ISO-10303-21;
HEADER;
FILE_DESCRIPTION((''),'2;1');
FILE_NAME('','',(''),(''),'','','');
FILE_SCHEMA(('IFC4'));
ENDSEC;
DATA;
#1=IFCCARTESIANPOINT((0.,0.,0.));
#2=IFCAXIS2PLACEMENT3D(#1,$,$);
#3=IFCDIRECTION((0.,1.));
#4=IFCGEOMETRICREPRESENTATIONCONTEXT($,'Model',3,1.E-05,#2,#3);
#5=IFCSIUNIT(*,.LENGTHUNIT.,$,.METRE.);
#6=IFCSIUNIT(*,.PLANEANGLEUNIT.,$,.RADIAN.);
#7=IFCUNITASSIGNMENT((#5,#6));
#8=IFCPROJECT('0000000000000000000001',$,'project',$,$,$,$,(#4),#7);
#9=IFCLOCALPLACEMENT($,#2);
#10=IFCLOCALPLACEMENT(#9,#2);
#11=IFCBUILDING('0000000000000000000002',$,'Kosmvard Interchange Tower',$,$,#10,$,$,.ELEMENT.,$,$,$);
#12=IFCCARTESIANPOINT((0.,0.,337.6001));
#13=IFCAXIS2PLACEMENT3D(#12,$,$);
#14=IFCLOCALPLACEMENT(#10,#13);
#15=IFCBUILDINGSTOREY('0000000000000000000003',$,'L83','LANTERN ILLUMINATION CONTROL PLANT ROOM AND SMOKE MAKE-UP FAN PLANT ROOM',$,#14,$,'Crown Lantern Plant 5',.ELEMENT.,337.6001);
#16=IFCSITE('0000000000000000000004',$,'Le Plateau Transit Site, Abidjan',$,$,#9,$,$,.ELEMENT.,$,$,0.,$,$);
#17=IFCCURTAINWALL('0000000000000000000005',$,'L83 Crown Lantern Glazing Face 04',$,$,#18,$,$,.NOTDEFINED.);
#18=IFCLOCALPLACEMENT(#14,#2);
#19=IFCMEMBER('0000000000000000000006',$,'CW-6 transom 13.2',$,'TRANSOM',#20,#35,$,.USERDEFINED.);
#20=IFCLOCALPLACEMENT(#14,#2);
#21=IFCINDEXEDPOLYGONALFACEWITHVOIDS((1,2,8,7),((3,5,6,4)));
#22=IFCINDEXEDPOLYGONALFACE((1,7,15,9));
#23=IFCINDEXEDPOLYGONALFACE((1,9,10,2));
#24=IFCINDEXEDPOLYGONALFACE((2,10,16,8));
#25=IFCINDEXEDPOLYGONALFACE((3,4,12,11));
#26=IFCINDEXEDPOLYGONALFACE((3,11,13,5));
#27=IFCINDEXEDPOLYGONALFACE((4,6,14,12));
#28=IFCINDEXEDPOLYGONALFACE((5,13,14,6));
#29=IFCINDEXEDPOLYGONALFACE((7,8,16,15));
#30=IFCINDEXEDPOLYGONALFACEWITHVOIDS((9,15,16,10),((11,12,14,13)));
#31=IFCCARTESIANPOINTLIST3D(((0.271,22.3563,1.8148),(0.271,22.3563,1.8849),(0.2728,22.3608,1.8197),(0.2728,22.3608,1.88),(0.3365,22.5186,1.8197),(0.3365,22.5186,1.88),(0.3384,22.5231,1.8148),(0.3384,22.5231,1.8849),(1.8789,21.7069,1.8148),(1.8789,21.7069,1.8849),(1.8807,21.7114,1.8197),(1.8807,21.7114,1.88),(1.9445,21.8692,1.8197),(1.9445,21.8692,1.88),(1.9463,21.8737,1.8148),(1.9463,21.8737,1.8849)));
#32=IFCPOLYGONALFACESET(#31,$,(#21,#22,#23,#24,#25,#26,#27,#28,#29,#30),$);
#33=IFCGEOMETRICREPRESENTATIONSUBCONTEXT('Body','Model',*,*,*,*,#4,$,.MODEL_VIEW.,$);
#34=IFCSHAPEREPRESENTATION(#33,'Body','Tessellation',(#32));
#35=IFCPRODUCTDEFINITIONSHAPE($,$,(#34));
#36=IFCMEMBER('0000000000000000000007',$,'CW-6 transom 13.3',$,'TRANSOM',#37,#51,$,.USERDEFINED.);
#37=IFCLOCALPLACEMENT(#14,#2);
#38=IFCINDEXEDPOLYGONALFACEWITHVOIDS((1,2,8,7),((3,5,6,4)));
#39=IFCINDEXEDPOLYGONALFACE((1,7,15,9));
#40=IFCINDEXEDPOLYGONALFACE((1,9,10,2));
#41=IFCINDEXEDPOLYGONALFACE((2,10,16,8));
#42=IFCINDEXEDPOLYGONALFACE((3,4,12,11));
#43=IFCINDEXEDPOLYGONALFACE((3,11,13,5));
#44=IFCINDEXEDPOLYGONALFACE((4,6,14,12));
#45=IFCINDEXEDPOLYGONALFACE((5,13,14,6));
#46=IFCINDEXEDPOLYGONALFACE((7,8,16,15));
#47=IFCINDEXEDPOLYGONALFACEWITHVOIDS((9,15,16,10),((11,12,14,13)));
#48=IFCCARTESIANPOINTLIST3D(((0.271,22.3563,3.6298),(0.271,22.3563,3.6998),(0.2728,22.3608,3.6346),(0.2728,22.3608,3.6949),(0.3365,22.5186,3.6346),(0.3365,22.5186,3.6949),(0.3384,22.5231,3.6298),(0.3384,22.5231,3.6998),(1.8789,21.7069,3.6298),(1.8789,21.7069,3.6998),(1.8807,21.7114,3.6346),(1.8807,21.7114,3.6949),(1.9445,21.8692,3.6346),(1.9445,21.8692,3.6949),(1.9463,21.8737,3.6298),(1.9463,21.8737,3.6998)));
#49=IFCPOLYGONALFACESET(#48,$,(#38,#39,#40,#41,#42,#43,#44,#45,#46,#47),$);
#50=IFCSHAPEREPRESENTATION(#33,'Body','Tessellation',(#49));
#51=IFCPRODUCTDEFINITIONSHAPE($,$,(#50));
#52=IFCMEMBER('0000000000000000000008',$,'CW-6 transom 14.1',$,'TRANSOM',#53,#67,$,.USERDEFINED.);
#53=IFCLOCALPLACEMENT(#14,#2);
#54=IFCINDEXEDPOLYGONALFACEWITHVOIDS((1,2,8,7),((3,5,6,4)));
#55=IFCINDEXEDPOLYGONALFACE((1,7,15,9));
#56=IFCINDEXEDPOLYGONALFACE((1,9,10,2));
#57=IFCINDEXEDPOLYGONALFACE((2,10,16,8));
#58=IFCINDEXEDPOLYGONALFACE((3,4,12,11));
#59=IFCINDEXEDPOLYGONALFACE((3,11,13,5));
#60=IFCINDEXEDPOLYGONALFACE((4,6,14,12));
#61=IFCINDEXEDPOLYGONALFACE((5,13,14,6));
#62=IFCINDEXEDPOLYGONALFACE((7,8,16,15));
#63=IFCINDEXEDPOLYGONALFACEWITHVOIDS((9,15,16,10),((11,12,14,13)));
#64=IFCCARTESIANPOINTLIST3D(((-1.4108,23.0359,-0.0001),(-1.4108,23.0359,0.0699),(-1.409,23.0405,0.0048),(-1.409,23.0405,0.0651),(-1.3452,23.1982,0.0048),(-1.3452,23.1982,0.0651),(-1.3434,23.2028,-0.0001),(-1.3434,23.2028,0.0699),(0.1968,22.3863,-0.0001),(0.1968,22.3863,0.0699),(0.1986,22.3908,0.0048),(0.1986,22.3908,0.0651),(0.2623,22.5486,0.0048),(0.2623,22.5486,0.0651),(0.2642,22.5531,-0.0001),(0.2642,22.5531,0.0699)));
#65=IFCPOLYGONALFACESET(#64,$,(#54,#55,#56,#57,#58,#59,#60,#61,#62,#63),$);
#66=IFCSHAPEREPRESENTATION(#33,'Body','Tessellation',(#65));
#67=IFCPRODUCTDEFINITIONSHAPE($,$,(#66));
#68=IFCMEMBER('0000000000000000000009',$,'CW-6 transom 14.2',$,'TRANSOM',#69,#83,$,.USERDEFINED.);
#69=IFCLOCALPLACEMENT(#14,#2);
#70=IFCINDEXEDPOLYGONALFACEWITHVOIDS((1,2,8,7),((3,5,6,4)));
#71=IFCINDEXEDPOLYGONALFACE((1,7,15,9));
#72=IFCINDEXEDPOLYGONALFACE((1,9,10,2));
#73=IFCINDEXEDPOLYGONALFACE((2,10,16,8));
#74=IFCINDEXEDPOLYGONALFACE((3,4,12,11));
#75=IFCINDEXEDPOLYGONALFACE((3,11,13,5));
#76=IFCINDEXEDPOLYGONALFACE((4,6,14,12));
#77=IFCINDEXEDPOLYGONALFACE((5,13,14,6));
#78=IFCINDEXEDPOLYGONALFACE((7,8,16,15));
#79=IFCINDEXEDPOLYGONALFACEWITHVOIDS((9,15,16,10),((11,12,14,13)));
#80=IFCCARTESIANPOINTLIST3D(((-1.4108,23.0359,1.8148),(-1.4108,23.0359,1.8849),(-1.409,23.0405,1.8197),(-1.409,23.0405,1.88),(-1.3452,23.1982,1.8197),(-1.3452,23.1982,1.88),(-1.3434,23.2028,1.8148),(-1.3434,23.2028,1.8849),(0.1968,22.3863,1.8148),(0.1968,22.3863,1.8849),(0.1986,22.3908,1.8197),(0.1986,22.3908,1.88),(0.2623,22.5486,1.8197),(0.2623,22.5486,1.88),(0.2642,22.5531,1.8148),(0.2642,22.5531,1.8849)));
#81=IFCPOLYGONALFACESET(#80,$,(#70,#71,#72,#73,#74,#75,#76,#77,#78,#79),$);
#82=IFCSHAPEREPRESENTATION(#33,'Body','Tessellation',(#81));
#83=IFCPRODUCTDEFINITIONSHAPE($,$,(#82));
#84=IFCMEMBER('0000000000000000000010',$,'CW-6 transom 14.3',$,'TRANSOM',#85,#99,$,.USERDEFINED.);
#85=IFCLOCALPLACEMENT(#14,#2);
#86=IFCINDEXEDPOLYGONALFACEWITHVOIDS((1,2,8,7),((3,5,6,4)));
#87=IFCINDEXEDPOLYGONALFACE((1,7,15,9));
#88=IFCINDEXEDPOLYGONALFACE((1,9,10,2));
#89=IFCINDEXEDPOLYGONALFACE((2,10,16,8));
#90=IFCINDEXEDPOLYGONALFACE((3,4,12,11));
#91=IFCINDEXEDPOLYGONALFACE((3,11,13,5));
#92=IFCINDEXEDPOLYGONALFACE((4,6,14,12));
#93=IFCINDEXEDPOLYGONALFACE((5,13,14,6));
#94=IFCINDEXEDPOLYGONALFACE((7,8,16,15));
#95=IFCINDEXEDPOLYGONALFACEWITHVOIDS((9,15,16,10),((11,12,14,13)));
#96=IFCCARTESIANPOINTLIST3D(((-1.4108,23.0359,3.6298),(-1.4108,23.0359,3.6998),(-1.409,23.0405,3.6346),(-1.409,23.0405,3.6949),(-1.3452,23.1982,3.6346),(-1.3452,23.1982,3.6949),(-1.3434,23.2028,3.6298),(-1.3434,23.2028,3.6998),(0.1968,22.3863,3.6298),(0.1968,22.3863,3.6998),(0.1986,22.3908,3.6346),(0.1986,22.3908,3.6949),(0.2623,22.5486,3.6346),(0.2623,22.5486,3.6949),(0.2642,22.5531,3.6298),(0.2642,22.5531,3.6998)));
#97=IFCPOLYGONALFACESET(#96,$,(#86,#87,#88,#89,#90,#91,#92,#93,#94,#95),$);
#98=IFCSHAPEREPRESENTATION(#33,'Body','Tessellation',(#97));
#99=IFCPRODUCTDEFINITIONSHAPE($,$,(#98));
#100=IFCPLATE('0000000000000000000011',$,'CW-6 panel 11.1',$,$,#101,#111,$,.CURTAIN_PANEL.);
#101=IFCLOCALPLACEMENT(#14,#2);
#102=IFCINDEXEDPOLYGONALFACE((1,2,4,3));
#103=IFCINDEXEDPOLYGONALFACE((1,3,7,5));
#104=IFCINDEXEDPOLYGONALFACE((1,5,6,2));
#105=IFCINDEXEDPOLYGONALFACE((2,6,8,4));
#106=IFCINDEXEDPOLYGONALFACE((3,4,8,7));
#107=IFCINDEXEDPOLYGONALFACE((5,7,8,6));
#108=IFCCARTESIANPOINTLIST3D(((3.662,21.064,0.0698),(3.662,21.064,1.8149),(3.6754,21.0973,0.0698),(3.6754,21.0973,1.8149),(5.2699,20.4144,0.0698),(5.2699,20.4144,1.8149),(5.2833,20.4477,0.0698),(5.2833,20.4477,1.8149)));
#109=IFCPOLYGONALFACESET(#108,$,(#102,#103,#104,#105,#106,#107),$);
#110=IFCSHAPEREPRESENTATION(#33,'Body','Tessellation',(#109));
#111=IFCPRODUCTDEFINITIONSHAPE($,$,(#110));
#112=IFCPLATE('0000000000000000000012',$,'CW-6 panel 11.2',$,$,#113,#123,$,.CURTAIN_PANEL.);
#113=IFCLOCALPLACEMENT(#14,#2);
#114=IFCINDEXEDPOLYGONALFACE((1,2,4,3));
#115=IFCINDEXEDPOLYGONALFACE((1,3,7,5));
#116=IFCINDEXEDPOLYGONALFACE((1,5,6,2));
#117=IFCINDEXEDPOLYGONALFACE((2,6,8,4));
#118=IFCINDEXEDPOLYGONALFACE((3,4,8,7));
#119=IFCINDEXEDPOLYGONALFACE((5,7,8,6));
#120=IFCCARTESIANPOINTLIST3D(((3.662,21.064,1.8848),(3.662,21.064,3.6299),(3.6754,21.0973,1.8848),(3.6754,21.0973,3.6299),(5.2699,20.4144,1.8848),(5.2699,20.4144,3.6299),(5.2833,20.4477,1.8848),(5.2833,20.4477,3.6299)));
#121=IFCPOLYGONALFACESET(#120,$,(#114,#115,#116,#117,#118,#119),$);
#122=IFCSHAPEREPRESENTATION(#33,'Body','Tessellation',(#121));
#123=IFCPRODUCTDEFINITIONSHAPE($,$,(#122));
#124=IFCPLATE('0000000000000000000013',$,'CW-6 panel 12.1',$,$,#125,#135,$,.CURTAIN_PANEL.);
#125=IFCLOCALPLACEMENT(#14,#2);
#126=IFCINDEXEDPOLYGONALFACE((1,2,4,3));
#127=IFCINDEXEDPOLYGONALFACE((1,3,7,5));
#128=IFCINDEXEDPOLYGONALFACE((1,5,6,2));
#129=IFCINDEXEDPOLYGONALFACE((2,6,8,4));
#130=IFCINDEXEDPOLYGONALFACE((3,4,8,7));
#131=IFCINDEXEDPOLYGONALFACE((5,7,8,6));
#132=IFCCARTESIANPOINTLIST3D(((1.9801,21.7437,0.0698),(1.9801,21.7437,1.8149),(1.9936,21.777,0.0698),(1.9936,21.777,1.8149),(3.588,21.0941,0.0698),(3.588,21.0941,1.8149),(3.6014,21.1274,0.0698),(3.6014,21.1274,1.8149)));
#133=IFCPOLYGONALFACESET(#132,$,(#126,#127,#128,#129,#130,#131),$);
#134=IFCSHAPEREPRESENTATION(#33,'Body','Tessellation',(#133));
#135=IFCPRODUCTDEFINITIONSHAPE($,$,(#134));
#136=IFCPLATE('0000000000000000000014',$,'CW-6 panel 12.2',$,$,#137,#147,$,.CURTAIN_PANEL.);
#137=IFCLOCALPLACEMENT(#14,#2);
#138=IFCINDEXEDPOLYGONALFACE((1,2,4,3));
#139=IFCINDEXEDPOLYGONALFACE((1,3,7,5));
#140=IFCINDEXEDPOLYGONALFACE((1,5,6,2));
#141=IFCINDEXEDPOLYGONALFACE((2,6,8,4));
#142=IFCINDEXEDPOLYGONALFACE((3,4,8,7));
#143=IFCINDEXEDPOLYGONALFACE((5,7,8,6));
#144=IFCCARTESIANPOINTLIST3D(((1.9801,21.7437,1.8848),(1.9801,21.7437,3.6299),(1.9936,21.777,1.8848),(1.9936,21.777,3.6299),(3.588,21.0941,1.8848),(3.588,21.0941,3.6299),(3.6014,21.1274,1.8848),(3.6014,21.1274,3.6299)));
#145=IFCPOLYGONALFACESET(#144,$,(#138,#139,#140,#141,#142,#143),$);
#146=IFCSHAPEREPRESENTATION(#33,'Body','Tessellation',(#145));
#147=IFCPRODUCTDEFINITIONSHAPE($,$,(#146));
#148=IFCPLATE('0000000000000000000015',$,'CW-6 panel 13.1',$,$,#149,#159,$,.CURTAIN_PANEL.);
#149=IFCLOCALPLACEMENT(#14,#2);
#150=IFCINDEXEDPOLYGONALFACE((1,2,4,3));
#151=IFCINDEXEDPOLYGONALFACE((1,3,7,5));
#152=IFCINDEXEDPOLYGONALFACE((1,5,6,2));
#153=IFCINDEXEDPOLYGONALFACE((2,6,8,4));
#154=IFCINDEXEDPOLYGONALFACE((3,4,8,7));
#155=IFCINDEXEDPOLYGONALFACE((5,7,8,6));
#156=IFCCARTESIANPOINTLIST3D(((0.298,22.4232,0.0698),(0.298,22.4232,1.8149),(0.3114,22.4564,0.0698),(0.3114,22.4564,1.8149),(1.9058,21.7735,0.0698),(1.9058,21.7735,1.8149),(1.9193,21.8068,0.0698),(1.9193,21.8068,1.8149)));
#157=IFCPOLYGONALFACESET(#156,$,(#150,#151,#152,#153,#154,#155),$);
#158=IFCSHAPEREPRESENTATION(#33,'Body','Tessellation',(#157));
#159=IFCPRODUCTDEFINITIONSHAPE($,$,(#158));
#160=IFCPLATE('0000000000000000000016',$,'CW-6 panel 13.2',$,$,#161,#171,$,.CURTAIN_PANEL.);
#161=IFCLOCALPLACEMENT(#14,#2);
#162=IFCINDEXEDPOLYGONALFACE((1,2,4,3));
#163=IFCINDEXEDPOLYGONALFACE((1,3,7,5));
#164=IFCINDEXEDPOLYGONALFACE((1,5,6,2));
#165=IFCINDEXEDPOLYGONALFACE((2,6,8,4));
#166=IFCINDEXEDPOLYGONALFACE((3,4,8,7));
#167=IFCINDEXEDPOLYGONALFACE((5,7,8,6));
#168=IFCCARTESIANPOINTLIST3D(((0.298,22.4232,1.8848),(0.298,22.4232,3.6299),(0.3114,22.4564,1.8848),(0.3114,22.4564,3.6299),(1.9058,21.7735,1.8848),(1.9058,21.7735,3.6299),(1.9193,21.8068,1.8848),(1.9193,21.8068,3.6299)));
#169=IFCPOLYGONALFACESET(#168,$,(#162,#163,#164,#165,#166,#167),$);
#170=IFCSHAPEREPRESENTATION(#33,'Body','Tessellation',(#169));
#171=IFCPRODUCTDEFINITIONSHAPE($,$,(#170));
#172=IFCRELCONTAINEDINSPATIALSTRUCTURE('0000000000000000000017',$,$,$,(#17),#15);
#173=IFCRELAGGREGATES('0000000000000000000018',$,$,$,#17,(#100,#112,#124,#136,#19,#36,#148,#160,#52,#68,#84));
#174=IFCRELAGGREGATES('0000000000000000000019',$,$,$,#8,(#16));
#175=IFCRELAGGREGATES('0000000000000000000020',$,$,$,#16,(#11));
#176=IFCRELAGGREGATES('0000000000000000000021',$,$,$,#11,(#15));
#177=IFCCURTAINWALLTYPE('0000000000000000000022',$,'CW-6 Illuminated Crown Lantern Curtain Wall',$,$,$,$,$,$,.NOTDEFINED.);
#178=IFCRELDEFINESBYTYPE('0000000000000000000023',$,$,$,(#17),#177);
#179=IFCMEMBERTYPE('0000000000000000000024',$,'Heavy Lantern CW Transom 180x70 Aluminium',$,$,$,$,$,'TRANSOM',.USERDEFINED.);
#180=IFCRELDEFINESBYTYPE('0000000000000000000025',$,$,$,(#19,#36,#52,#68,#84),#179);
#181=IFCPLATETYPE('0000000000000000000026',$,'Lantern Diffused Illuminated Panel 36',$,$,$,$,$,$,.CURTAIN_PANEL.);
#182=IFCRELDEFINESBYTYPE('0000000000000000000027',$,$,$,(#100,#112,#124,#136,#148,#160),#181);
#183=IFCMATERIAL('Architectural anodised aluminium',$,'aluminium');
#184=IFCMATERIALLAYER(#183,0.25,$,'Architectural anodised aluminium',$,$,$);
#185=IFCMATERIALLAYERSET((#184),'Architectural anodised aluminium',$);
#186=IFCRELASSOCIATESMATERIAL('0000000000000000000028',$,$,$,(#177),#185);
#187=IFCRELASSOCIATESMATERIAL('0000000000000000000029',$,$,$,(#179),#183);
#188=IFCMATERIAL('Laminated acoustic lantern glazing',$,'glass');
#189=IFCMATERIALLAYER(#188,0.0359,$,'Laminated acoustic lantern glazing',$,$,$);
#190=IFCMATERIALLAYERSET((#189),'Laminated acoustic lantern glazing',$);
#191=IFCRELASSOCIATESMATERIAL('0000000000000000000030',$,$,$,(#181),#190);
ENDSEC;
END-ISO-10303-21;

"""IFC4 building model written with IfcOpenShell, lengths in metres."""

from ifc_helpers import new_model, si_unit, direction, frame, origin, origin_2d, place, context, subcontext, project, spatial, rectangle, hollow_rectangle, extrude, source, transform, mapped, material, layer, layer_set, material_profile, profile_set, type_object, element, aggregate, save


model = new_model("IFC4")

# Units and contexts
model_context = context("Model", 3, precision=1e-05, world=origin(), true_north=direction((0.0, 1.0)))
body_context = subcontext(model_context, "Body", "Model", "MODEL_VIEW")
ifc_project = project(units=[si_unit("LENGTHUNIT", "METRE"), si_unit("PLANEANGLEUNIT", "RADIAN")], contexts=[model_context])

# Site, building, storey
site_placement = place(None, origin())
site = spatial("IfcSite", under=ifc_project, at=site_placement, Name="Le Plateau Transit Site, Abidjan", CompositionType="ELEMENT", RefElevation=0.0)
building_placement = place(site_placement, origin())
building = spatial("IfcBuilding", under=site, at=building_placement, Name="Kosmvard Interchange Tower", CompositionType="ELEMENT")
storey_placement = place(building_placement, frame((0.0, 0.0, 337.6001)))
storey = spatial("IfcBuildingStorey", under=building, at=storey_placement, Name="L83", Description="LANTERN ILLUMINATION CONTROL PLANT ROOM AND SMOKE MAKE-UP FAN PLANT ROOM", LongName="Crown Lantern Plant 5", CompositionType="ELEMENT", Elevation=337.6001)

# Curtain wall, members, plates
ifc_material_1 = material(Name="Architectural anodised aluminium", Category="aluminium")
ifc_layer_1 = layer(ifc_material_1, 0.25, Name="Architectural anodised aluminium")
ifc_layer_set_1 = layer_set([ifc_layer_1], Name="Architectural anodised aluminium")
curtain_wall_type = type_object("IfcCurtainWallType", Name="CW-6 Illuminated Crown Lantern Curtain Wall", PredefinedType="NOTDEFINED", material=ifc_layer_set_1)
curtain_wall_placement = place(storey_placement, origin())
curtain_wall = element("IfcCurtainWall", 1, at=curtain_wall_placement, inside=storey, type_object=curtain_wall_type, Name="L83 Crown Lantern Glazing Face 04", PredefinedType="NOTDEFINED")
ifc_material_profile_1 = material_profile(ifc_material_1, hollow_rectangle(XDim=0.1799, YDim=0.0701, WallThickness=0.0049, at=origin_2d()), Name="CWT 180x70x5")
ifc_profile_set_1 = profile_set([ifc_material_profile_1], Name="Architectural anodised aluminium")
member_type_1 = type_object("IfcMemberType", Name="Heavy Lantern CW Transom 180x70 Aluminium", ElementType="TRANSOM", PredefinedType="USERDEFINED", material=ifc_profile_set_1)
shared_shape_1 = source(origin(), body_context, "Body", "SweptSolid", [
    extrude(hollow_rectangle(XDim=0.1799, YDim=0.0701, WallThickness=0.0049, at=origin_2d()), origin(), (0.0, 0.0, 1.0), 1.7341),
])
member_1_placement = place(storey_placement, frame((1.9126, 21.7903, 1.8499), z_axis=(-0.927229, 0.374496, 0.0), x_axis=(-0.374496, -0.927229, 0.0)))
member_1 = element("IfcMember", 2, at=member_1_placement, type_object=member_type_1, Name="CW-6 transom 13.2", ObjectType="TRANSOM", PredefinedType="USERDEFINED", context=body_context, shape_type="MappedRepresentation", body=[
    mapped(shared_shape_1, transform((0.0, 0.0, 0.0), scale=1.0)),
])
member_2_placement = place(storey_placement, frame((1.9126, 21.7903, 3.6648), z_axis=(-0.927229, 0.374496, 0.0), x_axis=(-0.374496, -0.927229, 0.0)))
member_2 = element("IfcMember", 3, at=member_2_placement, type_object=member_type_1, Name="CW-6 transom 13.3", ObjectType="TRANSOM", PredefinedType="USERDEFINED", context=body_context, shape_type="MappedRepresentation", body=[
    mapped(shared_shape_1, transform((0.0, 0.0, 0.0), scale=1.0)),
])
shared_shape_2 = source(origin(), body_context, "Body", "SweptSolid", [
    extrude(hollow_rectangle(XDim=0.1799, YDim=0.0701, WallThickness=0.0049, at=origin_2d()), origin(), (0.0, 0.0, 1.0), 1.7339),
])
member_3_placement = place(storey_placement, frame((0.2305, 22.4697, 0.0349), z_axis=(-0.92716, 0.374666, 0.0), x_axis=(-0.374666, -0.92716, 0.0)))
member_3 = element("IfcMember", 4, at=member_3_placement, type_object=member_type_1, Name="CW-6 transom 14.1", ObjectType="TRANSOM", PredefinedType="USERDEFINED", context=body_context, shape_type="MappedRepresentation", body=[
    mapped(shared_shape_2, transform((0.0, 0.0, 0.0), scale=1.0)),
])
member_4_placement = place(storey_placement, frame((0.2305, 22.4697, 1.8499), z_axis=(-0.92716, 0.374666, 0.0), x_axis=(-0.374666, -0.92716, 0.0)))
member_4 = element("IfcMember", 5, at=member_4_placement, type_object=member_type_1, Name="CW-6 transom 14.2", ObjectType="TRANSOM", PredefinedType="USERDEFINED", context=body_context, shape_type="MappedRepresentation", body=[
    mapped(shared_shape_2, transform((0.0, 0.0, 0.0), scale=1.0)),
])
member_5_placement = place(storey_placement, frame((0.2305, 22.4697, 3.6648), z_axis=(-0.92716, 0.374666, 0.0), x_axis=(-0.374666, -0.92716, 0.0)))
member_5 = element("IfcMember", 6, at=member_5_placement, type_object=member_type_1, Name="CW-6 transom 14.3", ObjectType="TRANSOM", PredefinedType="USERDEFINED", context=body_context, shape_type="MappedRepresentation", body=[
    mapped(shared_shape_2, transform((0.0, 0.0, 0.0), scale=1.0)),
])
ifc_material_2 = material(Name="Laminated acoustic lantern glazing", Category="glass")
ifc_layer_2 = layer(ifc_material_2, 0.0359, Name="Laminated acoustic lantern glazing")
ifc_layer_set_2 = layer_set([ifc_layer_2], Name="Laminated acoustic lantern glazing")
plate_type = type_object("IfcPlateType", Name="Lantern Diffused Illuminated Panel 36", PredefinedType="CURTAIN_PANEL", material=ifc_layer_set_2)
shared_shape_3 = source(origin(), body_context, "Body", "SweptSolid", [
    extrude(rectangle(XDim=1.7341, YDim=0.0359, at=origin_2d()), origin(), (0.0, 0.0, 1.0), 1.7451),
])
plate_1_placement = place(storey_placement, frame((4.4727, 20.7559, 0.0698), z_axis=(0.0, 0.0, 1.0), x_axis=(-0.927184, 0.374607, 0.0)))
plate_1 = element("IfcPlate", 7, at=plate_1_placement, type_object=plate_type, Name="CW-6 panel 11.1", PredefinedType="CURTAIN_PANEL", context=body_context, shape_type="MappedRepresentation", body=[
    mapped(shared_shape_3, transform((0.0, 0.0, 0.0), scale=1.0)),
])
plate_2_placement = place(storey_placement, frame((4.4727, 20.7559, 1.8848), z_axis=(0.0, 0.0, 1.0), x_axis=(-0.927184, 0.374607, 0.0)))
plate_2 = element("IfcPlate", 8, at=plate_2_placement, type_object=plate_type, Name="CW-6 panel 11.2", PredefinedType="CURTAIN_PANEL", context=body_context, shape_type="MappedRepresentation", body=[
    mapped(shared_shape_3, transform((0.0, 0.0, 0.0), scale=1.0)),
])
plate_3_placement = place(storey_placement, frame((2.7908, 21.4355, 0.0698), z_axis=(0.0, 0.0, 1.0), x_axis=(-0.927184, 0.374607, 0.0)))
plate_3 = element("IfcPlate", 9, at=plate_3_placement, type_object=plate_type, Name="CW-6 panel 12.1", PredefinedType="CURTAIN_PANEL", context=body_context, shape_type="MappedRepresentation", body=[
    mapped(shared_shape_3, transform((0.0, 0.0, 0.0), scale=1.0)),
])
plate_4_placement = place(storey_placement, frame((2.7908, 21.4355, 1.8848), z_axis=(0.0, 0.0, 1.0), x_axis=(-0.927184, 0.374607, 0.0)))
plate_4 = element("IfcPlate", 10, at=plate_4_placement, type_object=plate_type, Name="CW-6 panel 12.2", PredefinedType="CURTAIN_PANEL", context=body_context, shape_type="MappedRepresentation", body=[
    mapped(shared_shape_3, transform((0.0, 0.0, 0.0), scale=1.0)),
])
plate_5_placement = place(storey_placement, frame((1.1086, 22.115, 0.0698), z_axis=(0.0, 0.0, 1.0), x_axis=(-0.927184, 0.374607, 0.0)))
plate_5 = element("IfcPlate", 11, at=plate_5_placement, type_object=plate_type, Name="CW-6 panel 13.1", PredefinedType="CURTAIN_PANEL", context=body_context, shape_type="MappedRepresentation", body=[
    mapped(shared_shape_3, transform((0.0, 0.0, 0.0), scale=1.0)),
])
plate_6_placement = place(storey_placement, frame((1.1086, 22.115, 1.8848), z_axis=(0.0, 0.0, 1.0), x_axis=(-0.927184, 0.374607, 0.0)))
plate_6 = element("IfcPlate", 12, at=plate_6_placement, type_object=plate_type, Name="CW-6 panel 13.2", PredefinedType="CURTAIN_PANEL", context=body_context, shape_type="MappedRepresentation", body=[
    mapped(shared_shape_3, transform((0.0, 0.0, 0.0), scale=1.0)),
])
aggregate(curtain_wall, [plate_1, plate_2, plate_3, plate_4, member_1, member_2, plate_5, plate_6, member_3, member_4, member_5])

save(model, "model.ifc")
